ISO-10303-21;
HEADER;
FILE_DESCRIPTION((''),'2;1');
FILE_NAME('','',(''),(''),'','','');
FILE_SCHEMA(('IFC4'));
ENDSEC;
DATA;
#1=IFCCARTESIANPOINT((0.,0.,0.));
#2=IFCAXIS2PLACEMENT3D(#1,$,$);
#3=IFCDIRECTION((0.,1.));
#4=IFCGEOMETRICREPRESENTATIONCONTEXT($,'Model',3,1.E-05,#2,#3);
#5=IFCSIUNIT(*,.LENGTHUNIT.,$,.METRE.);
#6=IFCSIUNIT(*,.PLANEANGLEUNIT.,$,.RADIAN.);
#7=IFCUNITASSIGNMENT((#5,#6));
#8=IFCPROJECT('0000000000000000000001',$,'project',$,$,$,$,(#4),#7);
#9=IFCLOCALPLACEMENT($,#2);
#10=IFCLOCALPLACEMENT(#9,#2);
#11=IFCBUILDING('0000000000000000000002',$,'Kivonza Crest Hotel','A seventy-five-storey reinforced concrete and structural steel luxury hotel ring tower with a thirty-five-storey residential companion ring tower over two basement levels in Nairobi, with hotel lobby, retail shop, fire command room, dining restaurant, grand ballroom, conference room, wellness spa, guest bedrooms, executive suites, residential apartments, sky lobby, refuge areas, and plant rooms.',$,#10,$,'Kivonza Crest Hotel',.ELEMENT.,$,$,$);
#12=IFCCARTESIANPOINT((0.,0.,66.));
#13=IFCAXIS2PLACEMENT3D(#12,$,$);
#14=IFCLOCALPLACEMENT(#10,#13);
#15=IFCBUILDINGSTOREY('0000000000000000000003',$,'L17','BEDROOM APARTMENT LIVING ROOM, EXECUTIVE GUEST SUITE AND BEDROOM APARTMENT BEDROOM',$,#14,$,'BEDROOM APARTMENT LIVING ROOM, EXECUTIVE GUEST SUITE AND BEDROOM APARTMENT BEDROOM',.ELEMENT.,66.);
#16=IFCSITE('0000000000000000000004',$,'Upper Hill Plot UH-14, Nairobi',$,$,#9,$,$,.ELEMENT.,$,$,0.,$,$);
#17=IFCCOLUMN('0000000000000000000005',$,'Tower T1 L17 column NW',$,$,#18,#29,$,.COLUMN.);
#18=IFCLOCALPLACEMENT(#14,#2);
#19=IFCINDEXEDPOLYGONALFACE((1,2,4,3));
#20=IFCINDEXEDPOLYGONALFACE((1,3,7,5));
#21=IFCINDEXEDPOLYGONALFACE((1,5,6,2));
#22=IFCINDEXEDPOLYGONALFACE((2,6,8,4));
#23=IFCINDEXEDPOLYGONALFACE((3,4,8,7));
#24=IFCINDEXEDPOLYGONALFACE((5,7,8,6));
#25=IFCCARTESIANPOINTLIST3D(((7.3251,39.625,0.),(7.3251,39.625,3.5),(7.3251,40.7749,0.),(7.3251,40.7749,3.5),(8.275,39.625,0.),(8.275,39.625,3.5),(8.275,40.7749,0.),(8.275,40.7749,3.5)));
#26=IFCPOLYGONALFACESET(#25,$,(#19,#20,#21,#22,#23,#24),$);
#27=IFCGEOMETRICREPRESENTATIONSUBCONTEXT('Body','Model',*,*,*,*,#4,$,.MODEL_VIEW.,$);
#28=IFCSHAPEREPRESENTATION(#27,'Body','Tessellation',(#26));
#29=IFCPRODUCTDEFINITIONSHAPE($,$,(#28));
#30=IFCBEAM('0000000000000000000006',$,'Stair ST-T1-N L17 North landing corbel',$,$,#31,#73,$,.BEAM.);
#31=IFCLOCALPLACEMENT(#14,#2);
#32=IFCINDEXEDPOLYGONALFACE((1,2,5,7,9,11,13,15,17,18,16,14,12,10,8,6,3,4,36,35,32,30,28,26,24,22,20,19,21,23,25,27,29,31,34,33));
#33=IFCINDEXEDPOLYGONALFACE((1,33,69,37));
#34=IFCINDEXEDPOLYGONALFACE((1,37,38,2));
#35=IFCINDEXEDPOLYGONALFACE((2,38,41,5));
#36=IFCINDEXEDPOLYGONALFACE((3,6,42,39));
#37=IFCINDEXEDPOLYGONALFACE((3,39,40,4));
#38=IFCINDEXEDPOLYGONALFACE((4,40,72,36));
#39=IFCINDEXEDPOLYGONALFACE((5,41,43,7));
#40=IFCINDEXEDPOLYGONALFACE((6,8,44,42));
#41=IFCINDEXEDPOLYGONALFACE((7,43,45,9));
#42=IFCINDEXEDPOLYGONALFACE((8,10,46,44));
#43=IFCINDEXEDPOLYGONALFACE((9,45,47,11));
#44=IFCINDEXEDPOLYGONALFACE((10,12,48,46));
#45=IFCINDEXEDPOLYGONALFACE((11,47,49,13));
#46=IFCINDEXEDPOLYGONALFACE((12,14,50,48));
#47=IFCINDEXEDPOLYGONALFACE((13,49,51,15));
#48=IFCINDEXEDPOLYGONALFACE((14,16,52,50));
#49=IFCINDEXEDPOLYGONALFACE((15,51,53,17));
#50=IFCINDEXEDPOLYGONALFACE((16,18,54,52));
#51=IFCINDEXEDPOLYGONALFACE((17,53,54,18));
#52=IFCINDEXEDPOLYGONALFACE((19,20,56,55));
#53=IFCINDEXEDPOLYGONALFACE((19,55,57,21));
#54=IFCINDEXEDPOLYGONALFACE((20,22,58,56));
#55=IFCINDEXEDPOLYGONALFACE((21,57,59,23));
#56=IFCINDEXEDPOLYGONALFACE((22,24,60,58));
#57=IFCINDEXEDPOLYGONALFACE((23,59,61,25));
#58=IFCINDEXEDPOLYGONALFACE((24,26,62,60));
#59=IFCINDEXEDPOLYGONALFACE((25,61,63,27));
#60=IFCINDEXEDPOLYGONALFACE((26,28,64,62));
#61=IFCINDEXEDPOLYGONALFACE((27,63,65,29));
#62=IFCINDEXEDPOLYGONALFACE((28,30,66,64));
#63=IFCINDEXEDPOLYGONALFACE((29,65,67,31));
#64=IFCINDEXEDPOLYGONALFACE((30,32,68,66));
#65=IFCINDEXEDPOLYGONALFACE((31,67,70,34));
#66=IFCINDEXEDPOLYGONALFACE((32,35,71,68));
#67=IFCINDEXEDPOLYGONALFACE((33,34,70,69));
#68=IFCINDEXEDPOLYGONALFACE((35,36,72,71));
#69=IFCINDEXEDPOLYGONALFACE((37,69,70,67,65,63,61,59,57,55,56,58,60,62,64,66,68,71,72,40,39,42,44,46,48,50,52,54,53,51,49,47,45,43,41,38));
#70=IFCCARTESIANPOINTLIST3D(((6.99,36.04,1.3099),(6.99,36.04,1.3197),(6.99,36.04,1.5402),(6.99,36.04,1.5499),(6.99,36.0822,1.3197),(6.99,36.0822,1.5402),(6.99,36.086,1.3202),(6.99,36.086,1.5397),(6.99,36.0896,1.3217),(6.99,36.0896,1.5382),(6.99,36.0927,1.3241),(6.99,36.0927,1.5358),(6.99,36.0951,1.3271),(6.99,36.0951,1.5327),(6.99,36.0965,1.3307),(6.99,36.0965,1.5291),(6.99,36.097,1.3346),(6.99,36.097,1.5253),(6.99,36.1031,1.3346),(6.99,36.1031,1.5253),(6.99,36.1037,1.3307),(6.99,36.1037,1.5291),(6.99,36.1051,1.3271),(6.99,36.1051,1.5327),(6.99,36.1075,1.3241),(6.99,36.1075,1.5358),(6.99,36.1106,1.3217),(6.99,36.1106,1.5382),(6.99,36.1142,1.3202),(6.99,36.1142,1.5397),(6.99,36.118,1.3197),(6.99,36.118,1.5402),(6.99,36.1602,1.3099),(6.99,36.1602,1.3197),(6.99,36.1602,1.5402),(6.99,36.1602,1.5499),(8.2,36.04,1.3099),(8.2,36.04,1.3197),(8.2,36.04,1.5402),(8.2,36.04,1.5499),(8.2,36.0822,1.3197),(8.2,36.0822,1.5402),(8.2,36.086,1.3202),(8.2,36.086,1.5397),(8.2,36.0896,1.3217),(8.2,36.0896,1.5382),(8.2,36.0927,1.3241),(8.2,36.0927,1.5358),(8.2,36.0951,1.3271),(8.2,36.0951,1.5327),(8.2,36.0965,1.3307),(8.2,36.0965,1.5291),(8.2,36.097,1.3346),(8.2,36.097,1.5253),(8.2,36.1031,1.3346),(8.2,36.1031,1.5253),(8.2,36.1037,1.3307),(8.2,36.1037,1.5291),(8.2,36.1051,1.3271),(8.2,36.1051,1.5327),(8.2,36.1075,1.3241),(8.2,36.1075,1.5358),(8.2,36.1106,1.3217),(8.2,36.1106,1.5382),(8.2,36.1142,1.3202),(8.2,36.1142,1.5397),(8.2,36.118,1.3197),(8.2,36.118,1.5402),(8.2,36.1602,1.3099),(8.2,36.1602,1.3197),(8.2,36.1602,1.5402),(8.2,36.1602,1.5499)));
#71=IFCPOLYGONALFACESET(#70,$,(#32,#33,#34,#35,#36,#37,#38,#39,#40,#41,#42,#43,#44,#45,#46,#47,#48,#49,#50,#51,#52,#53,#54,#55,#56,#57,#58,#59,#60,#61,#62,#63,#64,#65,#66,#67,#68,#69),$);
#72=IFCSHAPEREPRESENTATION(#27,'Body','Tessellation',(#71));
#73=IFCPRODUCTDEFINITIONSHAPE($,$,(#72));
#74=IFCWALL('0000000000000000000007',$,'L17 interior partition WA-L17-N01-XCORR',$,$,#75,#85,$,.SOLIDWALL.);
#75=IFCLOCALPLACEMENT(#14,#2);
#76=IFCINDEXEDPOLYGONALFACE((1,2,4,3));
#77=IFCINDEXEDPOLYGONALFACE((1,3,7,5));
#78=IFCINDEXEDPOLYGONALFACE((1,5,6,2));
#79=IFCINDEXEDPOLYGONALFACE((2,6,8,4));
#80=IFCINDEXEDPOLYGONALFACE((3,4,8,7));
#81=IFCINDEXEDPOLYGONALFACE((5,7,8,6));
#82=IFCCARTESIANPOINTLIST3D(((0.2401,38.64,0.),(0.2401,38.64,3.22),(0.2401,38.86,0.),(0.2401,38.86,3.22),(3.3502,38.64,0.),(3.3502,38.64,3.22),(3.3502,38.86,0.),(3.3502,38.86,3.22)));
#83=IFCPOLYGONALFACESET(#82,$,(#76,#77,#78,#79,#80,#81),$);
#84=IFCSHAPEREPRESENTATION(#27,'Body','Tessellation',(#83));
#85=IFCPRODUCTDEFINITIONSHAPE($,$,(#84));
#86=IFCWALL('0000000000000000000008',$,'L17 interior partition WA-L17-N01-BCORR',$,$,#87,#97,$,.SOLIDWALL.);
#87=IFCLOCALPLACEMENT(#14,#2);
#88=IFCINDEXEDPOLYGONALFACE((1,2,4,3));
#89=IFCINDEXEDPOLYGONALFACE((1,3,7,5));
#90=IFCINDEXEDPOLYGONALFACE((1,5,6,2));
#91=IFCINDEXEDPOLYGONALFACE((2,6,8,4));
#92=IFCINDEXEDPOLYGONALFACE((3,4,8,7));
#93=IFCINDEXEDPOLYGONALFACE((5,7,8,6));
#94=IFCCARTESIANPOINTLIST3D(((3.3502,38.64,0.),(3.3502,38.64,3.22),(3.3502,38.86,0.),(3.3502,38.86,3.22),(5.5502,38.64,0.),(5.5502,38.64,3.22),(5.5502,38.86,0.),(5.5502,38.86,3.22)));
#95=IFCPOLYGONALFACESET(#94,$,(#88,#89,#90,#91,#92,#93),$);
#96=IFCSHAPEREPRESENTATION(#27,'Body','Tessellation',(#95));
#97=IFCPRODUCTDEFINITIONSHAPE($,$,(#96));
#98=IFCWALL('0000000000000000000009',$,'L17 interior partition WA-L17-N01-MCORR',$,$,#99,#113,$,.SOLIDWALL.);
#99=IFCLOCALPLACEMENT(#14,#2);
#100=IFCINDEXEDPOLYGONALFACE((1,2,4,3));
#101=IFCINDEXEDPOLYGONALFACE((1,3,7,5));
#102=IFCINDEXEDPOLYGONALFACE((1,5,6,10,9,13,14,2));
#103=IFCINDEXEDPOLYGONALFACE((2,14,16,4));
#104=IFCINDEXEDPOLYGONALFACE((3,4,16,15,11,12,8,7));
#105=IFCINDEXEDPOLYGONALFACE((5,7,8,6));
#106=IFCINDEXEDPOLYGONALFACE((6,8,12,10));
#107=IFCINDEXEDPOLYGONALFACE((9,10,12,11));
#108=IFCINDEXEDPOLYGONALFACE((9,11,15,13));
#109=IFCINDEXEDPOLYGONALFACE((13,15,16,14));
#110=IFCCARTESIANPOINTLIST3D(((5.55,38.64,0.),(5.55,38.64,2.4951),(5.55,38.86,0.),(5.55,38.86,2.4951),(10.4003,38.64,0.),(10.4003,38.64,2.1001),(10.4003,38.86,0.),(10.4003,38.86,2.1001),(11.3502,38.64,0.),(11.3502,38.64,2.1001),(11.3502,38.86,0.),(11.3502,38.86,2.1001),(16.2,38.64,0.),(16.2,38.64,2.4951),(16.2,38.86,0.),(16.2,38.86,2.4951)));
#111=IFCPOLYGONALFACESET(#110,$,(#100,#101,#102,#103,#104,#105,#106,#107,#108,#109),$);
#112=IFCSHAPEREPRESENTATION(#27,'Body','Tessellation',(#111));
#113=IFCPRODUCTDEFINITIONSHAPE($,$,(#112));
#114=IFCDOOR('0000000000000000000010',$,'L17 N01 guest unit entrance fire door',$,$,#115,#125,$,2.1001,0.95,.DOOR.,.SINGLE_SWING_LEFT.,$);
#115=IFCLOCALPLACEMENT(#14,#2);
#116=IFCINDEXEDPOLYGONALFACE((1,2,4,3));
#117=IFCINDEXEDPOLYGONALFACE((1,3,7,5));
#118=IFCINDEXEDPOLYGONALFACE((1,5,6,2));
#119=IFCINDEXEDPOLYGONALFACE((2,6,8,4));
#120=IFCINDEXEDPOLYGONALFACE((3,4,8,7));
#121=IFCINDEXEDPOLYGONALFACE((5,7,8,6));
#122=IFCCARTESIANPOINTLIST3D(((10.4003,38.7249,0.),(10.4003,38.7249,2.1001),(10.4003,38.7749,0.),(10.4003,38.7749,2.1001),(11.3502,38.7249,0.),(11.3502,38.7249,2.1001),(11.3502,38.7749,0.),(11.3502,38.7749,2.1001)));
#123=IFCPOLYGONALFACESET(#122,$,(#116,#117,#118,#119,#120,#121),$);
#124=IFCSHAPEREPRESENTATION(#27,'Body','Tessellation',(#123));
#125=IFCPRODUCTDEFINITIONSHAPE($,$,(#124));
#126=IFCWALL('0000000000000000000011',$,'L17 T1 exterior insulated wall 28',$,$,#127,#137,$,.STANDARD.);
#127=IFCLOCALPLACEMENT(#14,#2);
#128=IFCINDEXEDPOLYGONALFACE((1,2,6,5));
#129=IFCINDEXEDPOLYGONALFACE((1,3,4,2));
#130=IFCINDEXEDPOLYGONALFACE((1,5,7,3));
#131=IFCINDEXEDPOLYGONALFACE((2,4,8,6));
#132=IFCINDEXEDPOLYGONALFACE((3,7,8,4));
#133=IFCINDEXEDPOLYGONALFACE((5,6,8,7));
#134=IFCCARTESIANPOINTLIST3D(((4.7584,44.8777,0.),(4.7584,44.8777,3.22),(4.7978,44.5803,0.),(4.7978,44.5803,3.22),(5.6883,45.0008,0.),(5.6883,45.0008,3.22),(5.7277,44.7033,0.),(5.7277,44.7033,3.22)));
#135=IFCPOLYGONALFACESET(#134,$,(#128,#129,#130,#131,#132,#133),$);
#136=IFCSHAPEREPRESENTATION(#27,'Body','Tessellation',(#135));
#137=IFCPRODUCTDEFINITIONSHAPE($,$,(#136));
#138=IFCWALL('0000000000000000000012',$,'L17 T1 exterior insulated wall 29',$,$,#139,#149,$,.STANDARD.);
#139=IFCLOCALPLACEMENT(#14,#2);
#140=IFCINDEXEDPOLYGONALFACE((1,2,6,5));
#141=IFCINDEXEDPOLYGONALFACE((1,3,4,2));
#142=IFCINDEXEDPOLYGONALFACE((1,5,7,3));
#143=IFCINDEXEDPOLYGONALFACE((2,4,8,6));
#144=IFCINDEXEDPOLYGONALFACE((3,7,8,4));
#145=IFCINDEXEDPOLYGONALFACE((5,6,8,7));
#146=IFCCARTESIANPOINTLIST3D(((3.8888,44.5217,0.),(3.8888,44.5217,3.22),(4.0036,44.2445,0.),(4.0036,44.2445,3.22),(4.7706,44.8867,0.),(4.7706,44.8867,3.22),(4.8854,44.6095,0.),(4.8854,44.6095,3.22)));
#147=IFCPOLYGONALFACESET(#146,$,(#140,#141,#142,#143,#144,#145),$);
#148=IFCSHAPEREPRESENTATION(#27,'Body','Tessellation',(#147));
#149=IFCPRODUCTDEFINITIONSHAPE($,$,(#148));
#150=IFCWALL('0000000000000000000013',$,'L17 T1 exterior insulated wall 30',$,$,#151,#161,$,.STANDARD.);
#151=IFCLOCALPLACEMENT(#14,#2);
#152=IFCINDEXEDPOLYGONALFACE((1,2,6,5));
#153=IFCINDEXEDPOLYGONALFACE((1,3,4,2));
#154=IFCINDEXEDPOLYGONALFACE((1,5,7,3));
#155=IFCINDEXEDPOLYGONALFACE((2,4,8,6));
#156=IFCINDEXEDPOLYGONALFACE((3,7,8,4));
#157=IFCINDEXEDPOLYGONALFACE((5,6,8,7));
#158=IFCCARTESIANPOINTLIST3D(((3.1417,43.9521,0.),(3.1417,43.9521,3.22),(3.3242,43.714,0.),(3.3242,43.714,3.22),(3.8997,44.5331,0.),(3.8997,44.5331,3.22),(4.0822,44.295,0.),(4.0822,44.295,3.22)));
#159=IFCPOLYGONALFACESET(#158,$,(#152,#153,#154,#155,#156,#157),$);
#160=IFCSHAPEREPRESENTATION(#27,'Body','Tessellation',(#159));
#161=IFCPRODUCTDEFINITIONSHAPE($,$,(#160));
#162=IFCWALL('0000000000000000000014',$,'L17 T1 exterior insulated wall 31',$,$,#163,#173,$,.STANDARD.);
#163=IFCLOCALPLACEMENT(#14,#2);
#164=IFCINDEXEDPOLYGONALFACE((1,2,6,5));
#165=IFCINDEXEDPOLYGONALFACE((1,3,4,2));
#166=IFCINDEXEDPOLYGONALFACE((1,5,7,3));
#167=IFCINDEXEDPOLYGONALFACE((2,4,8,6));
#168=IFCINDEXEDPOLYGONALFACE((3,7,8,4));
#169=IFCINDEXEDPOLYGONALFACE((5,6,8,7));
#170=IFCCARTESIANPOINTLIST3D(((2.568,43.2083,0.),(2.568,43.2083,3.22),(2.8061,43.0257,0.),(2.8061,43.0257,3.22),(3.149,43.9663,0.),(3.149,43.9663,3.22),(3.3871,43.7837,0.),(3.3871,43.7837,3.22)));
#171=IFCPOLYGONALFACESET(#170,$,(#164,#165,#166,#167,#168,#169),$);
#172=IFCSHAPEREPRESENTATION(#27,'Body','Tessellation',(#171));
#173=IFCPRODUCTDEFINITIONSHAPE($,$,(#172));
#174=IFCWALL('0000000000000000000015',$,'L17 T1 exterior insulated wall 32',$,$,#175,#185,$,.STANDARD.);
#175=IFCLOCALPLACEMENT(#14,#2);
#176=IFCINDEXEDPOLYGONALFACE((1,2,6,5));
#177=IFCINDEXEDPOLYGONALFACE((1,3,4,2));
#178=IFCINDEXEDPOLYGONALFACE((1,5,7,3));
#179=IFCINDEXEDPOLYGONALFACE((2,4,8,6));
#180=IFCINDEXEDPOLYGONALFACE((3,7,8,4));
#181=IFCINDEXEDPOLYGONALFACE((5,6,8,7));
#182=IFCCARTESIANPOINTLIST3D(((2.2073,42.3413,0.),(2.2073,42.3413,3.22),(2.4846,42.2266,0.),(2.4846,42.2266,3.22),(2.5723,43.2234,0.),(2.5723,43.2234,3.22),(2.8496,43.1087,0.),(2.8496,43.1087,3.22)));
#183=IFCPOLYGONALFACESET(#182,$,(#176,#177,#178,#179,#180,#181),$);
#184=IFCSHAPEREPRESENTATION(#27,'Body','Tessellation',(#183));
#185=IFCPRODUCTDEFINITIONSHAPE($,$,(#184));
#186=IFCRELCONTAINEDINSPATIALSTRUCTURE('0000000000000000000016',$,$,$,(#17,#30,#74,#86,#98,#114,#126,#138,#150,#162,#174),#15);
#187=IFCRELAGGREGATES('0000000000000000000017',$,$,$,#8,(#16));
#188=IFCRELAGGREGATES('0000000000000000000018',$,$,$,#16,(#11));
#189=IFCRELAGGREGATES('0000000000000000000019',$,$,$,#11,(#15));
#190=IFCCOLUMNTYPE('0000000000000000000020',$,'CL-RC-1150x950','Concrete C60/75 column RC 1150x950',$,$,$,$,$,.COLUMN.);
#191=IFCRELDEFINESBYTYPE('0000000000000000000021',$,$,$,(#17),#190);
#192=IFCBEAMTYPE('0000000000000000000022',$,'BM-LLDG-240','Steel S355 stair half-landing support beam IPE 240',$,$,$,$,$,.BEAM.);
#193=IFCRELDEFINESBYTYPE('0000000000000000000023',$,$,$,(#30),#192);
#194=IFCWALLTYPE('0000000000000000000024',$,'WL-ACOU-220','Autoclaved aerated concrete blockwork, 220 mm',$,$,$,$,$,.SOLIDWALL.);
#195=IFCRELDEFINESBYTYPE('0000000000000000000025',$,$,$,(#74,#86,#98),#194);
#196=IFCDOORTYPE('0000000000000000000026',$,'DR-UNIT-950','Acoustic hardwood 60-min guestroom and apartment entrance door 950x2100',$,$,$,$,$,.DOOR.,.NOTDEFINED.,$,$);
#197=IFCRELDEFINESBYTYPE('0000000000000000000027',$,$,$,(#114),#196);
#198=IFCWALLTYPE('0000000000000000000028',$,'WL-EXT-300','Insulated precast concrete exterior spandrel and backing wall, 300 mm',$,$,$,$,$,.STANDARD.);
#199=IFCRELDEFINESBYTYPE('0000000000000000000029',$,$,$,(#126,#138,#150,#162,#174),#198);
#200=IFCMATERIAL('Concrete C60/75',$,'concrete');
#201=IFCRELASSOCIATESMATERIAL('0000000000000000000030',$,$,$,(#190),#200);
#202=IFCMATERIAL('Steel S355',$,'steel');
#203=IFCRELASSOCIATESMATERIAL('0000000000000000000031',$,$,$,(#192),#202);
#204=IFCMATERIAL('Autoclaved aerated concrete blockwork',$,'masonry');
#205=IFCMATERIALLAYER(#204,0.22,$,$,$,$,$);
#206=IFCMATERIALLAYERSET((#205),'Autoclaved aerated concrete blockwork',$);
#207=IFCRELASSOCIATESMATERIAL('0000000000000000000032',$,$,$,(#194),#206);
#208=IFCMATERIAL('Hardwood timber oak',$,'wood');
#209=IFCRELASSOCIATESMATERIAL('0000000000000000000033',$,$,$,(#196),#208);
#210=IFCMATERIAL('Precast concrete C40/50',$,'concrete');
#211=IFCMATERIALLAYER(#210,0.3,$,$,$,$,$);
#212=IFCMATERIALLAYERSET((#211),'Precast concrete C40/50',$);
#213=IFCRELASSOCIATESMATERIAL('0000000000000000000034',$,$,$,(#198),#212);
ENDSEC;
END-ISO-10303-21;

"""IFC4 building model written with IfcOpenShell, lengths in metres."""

from ifc_helpers import new_model, si_unit, direction, frame, frame_2d, origin, origin_2d, place, context, subcontext, project, spatial, rectangle, i_section, extrude, material, layer, layer_set, material_profile, profile_set, type_object, element, fill, save


model = new_model("IFC4")

# Units and contexts
model_context = context("Model", 3, precision=1e-05, world=origin(), true_north=direction((0.0, 1.0)))
body_context = subcontext(model_context, "Body", "Model", "MODEL_VIEW")
ifc_project = project(units=[si_unit("LENGTHUNIT", "METRE"), si_unit("PLANEANGLEUNIT", "RADIAN")], contexts=[model_context])

# Site, building, storey
site_placement = place(None, origin())
site = spatial("IfcSite", under=ifc_project, at=site_placement, Name="Upper Hill Plot UH-14, Nairobi", CompositionType="ELEMENT", RefElevation=0.0)
building_placement = place(site_placement, origin())
building = spatial("IfcBuilding", under=site, at=building_placement, Name="Kivonza Crest Hotel", Description="A seventy-five-storey reinforced concrete and structural steel luxury hotel ring tower with a thirty-five-storey residential companion ring tower over two basement levels in Nairobi, with hotel lobby, retail shop, fire command room, dining restaurant, grand ballroom, conference room, wellness spa, guest bedrooms, executive suites, residential apartments, sky lobby, refuge areas, and plant rooms.", LongName="Kivonza Crest Hotel", CompositionType="ELEMENT")
storey_placement = place(building_placement, frame((0.0, 0.0, 66.0)))
storey = spatial("IfcBuildingStorey", under=building, at=storey_placement, Name="L17", Description="BEDROOM APARTMENT LIVING ROOM, EXECUTIVE GUEST SUITE AND BEDROOM APARTMENT BEDROOM", LongName="BEDROOM APARTMENT LIVING ROOM, EXECUTIVE GUEST SUITE AND BEDROOM APARTMENT BEDROOM", CompositionType="ELEMENT", Elevation=66.0)

# Column
ifc_material_1 = material(Name="Concrete C60/75", Category="concrete")
ifc_material_profile_1 = material_profile(ifc_material_1, rectangle(XDim=0.95, YDim=1.1499, at=origin_2d()), Name="RC 1150x950")
ifc_profile_set_1 = profile_set([ifc_material_profile_1], Name="Concrete C60/75")
column_type = type_object("IfcColumnType", Name="CL-RC-1150x950", Description="Concrete C60/75 column RC 1150x950", PredefinedType="COLUMN", material=ifc_profile_set_1)
column_placement = place(storey_placement, frame((7.8, 40.2, 0.0), z_axis=(0.0, 0.0, 1.0), x_axis=(1.0, 0.0, 0.0)))
element("IfcColumn", 1, at=column_placement, inside=storey, type_object=column_type, Name="Tower T1 L17 column NW", PredefinedType="COLUMN", context=body_context, shape_type="SweptSolid", body=[
    extrude(rectangle(XDim=0.95, YDim=1.1499, at=origin_2d()), origin(), (0.0, 0.0, 1.0), 3.5),
])

# Beam
ifc_material_2 = material(Name="Steel S355", Category="steel")
ifc_material_profile_2 = material_profile(ifc_material_2, i_section(OverallWidth=0.1201, OverallDepth=0.24, WebThickness=0.0061, FlangeThickness=0.0098, FilletRadius=0.0149, at=origin_2d()), Name="IPE 240")
ifc_profile_set_2 = profile_set([ifc_material_profile_2], Name="Steel S355")
beam_type = type_object("IfcBeamType", Name="BM-LLDG-240", Description="Steel S355 stair half-landing support beam IPE 240", PredefinedType="BEAM", material=ifc_profile_set_2)
beam_placement = place(storey_placement, frame((6.99, 36.1001, 1.4299), z_axis=(1.0, 0.0, 0.0), x_axis=(0.0, 1.0, 0.0)))
element("IfcBeam", 2, at=beam_placement, inside=storey, type_object=beam_type, Name="Stair ST-T1-N L17 North landing corbel", PredefinedType="BEAM", context=body_context, shape_type="SweptSolid", body=[
    extrude(i_section(OverallWidth=0.1201, OverallDepth=0.24, WebThickness=0.0061, FlangeThickness=0.0098, FilletRadius=0.0149, at=origin_2d()), origin(), (0.0, 0.0, 1.0), 1.21),
])

# Walls
ifc_material_3 = material(Name="Autoclaved aerated concrete blockwork", Category="masonry")
ifc_layer_1 = layer(ifc_material_3, 0.22)
ifc_layer_set_1 = layer_set([ifc_layer_1], Name="Autoclaved aerated concrete blockwork")
wall_type_1 = type_object("IfcWallType", Name="WL-ACOU-220", Description="Autoclaved aerated concrete blockwork, 220 mm", PredefinedType="SOLIDWALL", material=ifc_layer_set_1)
wall_1_placement = place(storey_placement, frame((0.24, 38.75, 0.0), z_axis=(0.0, 0.0, 1.0), x_axis=(1.0, 0.0, 0.0)))
element("IfcWall", 3, at=wall_1_placement, inside=storey, type_object=wall_type_1, Name="L17 interior partition WA-L17-N01-XCORR", PredefinedType="SOLIDWALL", context=body_context, shape_type="SweptSolid", body=[
    extrude(rectangle(XDim=3.1101, YDim=0.22, at=frame_2d((1.5552, 0.0))), origin(), (0.0, 0.0, 1.0), 3.22),
])
wall_2_placement = place(storey_placement, frame((3.3501, 38.75, 0.0), z_axis=(0.0, 0.0, 1.0), x_axis=(1.0, 0.0, 0.0)))
element("IfcWall", 4, at=wall_2_placement, inside=storey, type_object=wall_type_1, Name="L17 interior partition WA-L17-N01-BCORR", PredefinedType="SOLIDWALL", context=body_context, shape_type="SweptSolid", body=[
    extrude(rectangle(XDim=2.2, YDim=0.22, at=frame_2d((1.1001, 0.0))), origin(), (0.0, 0.0, 1.0), 3.22),
])

# Wall, opening, door
wall_3_placement = place(storey_placement, frame((5.55, 38.75, 0.0), z_axis=(0.0, 0.0, 1.0), x_axis=(1.0, 0.0, 0.0)))
wall_3 = element("IfcWall", 5, at=wall_3_placement, inside=storey, type_object=wall_type_1, Name="L17 interior partition WA-L17-N01-MCORR", PredefinedType="SOLIDWALL", context=body_context, shape_type="SweptSolid", body=[
    extrude(rectangle(XDim=10.6499, YDim=0.22, at=frame_2d((5.325, 0.0))), origin(), (0.0, 0.0, 1.0), 2.4951),
])
opening_1_placement = place(wall_3_placement, frame((4.8501, 0.0, 0.0)))
opening_1 = element("IfcOpeningElement", 6, at=opening_1_placement, cuts=wall_3, PredefinedType="OPENING", context=body_context, shape_type="SweptSolid", body=[
    extrude(rectangle(XDim=0.95, YDim=2.1001, at=frame_2d((0.4751, 1.05))), frame((0.0, 0.1201, 0.0), z_axis=(0.0, -1.0, 0.0), x_axis=(1.0, 0.0, 0.0)), (0.0, 0.0, 1.0), 0.24),
])
ifc_material_4 = material(Name="Hardwood timber oak", Category="wood")
door_type_1 = type_object("IfcDoorType", Name="DR-UNIT-950", Description="Acoustic hardwood 60-min guestroom and apartment entrance door 950x2100", OperationType="NOTDEFINED", PredefinedType="DOOR", material=ifc_material_4)
door_1_placement = place(opening_1_placement, origin())
door_1 = element("IfcDoor", 7, at=door_1_placement, inside=storey, type_object=door_type_1, Name="L17 N01 guest unit entrance fire door", OperationType="SINGLE_SWING_LEFT", OverallHeight=2.1001, OverallWidth=0.95, PredefinedType="DOOR", context=body_context, shape_type="SweptSolid", body=[
    extrude(rectangle(XDim=0.95, YDim=2.1001, at=frame_2d((0.4751, 1.05))), frame((0.0, 0.0249, 0.0), z_axis=(0.0, -1.0, 0.0), x_axis=(1.0, 0.0, 0.0)), (0.0, 0.0, 1.0), 0.05),
])
fill(opening_1, door_1)

# Walls
ifc_material_5 = material(Name="Precast concrete C40/50", Category="concrete")
ifc_layer_2 = layer(ifc_material_5, 0.3)
ifc_layer_set_2 = layer_set([ifc_layer_2], Name="Precast concrete C40/50")
wall_type_2 = type_object("IfcWallType", Name="WL-EXT-300", Description="Insulated precast concrete exterior spandrel and backing wall, 300 mm", PredefinedType="STANDARD", material=ifc_layer_set_2)
wall_4_placement = place(storey_placement, frame((5.708, 44.8521, 0.0), z_axis=(0.0, 0.0, 1.0), x_axis=(-0.991359, -0.131175, 0.0)))
element("IfcWall", 8, at=wall_4_placement, inside=storey, type_object=wall_type_2, Name="L17 T1 exterior insulated wall 28", PredefinedType="STANDARD", context=body_context, shape_type="SweptSolid", body=[
    extrude(rectangle(XDim=0.938, YDim=0.3, at=frame_2d((0.469, 0.0))), origin(), (0.0, 0.0, 1.0), 3.22),
])
wall_5_placement = place(storey_placement, frame((4.8279, 44.748, 0.0), z_axis=(0.0, 0.0, 1.0), x_axis=(-0.923983, -0.382435, 0.0)))
element("IfcWall", 9, at=wall_5_placement, inside=storey, type_object=wall_type_2, Name="L17 T1 exterior insulated wall 29", PredefinedType="STANDARD", context=body_context, shape_type="SweptSolid", body=[
    extrude(rectangle(XDim=0.9543, YDim=0.3, at=frame_2d((0.4771, 0.0))), origin(), (0.0, 0.0, 1.0), 3.22),
])
for number, where, z_axis, x_axis, name in (
    (10, (3.991, 44.4141, 0.0), (0.0, 0.0, 1.0), (-0.793668, -0.608351, 0.0), "L17 T1 exterior insulated wall 30"),
    (11, (3.2681, 43.875, 0.0), (0.0, 0.0, 1.0), (-0.608351, -0.793668, 0.0), "L17 T1 exterior insulated wall 31"),
):
    element("IfcWall", number, at=place(storey_placement, frame(where, z_axis=z_axis, x_axis=x_axis)), inside=storey, type_object=wall_type_2, Name=name, PredefinedType="STANDARD", context=body_context, shape_type="SweptSolid", body=[
        extrude(rectangle(XDim=0.9551, YDim=0.3, at=frame_2d((0.4775, 0.0))), origin(), (0.0, 0.0, 1.0), 3.22),
    ])
wall_6_placement = place(storey_placement, frame((2.7109, 43.166, 0.0), z_axis=(0.0, 0.0, 1.0), x_axis=(-0.382344, -0.92402, 0.0)))
element("IfcWall", 12, at=wall_6_placement, inside=storey, type_object=wall_type_2, Name="L17 T1 exterior insulated wall 32", PredefinedType="STANDARD", context=body_context, shape_type="SweptSolid", body=[
    extrude(rectangle(XDim=0.9546, YDim=0.3, at=frame_2d((0.4773, 0.0))), origin(), (0.0, 0.0, 1.0), 3.22),
])

save(model, "model.ifc")
